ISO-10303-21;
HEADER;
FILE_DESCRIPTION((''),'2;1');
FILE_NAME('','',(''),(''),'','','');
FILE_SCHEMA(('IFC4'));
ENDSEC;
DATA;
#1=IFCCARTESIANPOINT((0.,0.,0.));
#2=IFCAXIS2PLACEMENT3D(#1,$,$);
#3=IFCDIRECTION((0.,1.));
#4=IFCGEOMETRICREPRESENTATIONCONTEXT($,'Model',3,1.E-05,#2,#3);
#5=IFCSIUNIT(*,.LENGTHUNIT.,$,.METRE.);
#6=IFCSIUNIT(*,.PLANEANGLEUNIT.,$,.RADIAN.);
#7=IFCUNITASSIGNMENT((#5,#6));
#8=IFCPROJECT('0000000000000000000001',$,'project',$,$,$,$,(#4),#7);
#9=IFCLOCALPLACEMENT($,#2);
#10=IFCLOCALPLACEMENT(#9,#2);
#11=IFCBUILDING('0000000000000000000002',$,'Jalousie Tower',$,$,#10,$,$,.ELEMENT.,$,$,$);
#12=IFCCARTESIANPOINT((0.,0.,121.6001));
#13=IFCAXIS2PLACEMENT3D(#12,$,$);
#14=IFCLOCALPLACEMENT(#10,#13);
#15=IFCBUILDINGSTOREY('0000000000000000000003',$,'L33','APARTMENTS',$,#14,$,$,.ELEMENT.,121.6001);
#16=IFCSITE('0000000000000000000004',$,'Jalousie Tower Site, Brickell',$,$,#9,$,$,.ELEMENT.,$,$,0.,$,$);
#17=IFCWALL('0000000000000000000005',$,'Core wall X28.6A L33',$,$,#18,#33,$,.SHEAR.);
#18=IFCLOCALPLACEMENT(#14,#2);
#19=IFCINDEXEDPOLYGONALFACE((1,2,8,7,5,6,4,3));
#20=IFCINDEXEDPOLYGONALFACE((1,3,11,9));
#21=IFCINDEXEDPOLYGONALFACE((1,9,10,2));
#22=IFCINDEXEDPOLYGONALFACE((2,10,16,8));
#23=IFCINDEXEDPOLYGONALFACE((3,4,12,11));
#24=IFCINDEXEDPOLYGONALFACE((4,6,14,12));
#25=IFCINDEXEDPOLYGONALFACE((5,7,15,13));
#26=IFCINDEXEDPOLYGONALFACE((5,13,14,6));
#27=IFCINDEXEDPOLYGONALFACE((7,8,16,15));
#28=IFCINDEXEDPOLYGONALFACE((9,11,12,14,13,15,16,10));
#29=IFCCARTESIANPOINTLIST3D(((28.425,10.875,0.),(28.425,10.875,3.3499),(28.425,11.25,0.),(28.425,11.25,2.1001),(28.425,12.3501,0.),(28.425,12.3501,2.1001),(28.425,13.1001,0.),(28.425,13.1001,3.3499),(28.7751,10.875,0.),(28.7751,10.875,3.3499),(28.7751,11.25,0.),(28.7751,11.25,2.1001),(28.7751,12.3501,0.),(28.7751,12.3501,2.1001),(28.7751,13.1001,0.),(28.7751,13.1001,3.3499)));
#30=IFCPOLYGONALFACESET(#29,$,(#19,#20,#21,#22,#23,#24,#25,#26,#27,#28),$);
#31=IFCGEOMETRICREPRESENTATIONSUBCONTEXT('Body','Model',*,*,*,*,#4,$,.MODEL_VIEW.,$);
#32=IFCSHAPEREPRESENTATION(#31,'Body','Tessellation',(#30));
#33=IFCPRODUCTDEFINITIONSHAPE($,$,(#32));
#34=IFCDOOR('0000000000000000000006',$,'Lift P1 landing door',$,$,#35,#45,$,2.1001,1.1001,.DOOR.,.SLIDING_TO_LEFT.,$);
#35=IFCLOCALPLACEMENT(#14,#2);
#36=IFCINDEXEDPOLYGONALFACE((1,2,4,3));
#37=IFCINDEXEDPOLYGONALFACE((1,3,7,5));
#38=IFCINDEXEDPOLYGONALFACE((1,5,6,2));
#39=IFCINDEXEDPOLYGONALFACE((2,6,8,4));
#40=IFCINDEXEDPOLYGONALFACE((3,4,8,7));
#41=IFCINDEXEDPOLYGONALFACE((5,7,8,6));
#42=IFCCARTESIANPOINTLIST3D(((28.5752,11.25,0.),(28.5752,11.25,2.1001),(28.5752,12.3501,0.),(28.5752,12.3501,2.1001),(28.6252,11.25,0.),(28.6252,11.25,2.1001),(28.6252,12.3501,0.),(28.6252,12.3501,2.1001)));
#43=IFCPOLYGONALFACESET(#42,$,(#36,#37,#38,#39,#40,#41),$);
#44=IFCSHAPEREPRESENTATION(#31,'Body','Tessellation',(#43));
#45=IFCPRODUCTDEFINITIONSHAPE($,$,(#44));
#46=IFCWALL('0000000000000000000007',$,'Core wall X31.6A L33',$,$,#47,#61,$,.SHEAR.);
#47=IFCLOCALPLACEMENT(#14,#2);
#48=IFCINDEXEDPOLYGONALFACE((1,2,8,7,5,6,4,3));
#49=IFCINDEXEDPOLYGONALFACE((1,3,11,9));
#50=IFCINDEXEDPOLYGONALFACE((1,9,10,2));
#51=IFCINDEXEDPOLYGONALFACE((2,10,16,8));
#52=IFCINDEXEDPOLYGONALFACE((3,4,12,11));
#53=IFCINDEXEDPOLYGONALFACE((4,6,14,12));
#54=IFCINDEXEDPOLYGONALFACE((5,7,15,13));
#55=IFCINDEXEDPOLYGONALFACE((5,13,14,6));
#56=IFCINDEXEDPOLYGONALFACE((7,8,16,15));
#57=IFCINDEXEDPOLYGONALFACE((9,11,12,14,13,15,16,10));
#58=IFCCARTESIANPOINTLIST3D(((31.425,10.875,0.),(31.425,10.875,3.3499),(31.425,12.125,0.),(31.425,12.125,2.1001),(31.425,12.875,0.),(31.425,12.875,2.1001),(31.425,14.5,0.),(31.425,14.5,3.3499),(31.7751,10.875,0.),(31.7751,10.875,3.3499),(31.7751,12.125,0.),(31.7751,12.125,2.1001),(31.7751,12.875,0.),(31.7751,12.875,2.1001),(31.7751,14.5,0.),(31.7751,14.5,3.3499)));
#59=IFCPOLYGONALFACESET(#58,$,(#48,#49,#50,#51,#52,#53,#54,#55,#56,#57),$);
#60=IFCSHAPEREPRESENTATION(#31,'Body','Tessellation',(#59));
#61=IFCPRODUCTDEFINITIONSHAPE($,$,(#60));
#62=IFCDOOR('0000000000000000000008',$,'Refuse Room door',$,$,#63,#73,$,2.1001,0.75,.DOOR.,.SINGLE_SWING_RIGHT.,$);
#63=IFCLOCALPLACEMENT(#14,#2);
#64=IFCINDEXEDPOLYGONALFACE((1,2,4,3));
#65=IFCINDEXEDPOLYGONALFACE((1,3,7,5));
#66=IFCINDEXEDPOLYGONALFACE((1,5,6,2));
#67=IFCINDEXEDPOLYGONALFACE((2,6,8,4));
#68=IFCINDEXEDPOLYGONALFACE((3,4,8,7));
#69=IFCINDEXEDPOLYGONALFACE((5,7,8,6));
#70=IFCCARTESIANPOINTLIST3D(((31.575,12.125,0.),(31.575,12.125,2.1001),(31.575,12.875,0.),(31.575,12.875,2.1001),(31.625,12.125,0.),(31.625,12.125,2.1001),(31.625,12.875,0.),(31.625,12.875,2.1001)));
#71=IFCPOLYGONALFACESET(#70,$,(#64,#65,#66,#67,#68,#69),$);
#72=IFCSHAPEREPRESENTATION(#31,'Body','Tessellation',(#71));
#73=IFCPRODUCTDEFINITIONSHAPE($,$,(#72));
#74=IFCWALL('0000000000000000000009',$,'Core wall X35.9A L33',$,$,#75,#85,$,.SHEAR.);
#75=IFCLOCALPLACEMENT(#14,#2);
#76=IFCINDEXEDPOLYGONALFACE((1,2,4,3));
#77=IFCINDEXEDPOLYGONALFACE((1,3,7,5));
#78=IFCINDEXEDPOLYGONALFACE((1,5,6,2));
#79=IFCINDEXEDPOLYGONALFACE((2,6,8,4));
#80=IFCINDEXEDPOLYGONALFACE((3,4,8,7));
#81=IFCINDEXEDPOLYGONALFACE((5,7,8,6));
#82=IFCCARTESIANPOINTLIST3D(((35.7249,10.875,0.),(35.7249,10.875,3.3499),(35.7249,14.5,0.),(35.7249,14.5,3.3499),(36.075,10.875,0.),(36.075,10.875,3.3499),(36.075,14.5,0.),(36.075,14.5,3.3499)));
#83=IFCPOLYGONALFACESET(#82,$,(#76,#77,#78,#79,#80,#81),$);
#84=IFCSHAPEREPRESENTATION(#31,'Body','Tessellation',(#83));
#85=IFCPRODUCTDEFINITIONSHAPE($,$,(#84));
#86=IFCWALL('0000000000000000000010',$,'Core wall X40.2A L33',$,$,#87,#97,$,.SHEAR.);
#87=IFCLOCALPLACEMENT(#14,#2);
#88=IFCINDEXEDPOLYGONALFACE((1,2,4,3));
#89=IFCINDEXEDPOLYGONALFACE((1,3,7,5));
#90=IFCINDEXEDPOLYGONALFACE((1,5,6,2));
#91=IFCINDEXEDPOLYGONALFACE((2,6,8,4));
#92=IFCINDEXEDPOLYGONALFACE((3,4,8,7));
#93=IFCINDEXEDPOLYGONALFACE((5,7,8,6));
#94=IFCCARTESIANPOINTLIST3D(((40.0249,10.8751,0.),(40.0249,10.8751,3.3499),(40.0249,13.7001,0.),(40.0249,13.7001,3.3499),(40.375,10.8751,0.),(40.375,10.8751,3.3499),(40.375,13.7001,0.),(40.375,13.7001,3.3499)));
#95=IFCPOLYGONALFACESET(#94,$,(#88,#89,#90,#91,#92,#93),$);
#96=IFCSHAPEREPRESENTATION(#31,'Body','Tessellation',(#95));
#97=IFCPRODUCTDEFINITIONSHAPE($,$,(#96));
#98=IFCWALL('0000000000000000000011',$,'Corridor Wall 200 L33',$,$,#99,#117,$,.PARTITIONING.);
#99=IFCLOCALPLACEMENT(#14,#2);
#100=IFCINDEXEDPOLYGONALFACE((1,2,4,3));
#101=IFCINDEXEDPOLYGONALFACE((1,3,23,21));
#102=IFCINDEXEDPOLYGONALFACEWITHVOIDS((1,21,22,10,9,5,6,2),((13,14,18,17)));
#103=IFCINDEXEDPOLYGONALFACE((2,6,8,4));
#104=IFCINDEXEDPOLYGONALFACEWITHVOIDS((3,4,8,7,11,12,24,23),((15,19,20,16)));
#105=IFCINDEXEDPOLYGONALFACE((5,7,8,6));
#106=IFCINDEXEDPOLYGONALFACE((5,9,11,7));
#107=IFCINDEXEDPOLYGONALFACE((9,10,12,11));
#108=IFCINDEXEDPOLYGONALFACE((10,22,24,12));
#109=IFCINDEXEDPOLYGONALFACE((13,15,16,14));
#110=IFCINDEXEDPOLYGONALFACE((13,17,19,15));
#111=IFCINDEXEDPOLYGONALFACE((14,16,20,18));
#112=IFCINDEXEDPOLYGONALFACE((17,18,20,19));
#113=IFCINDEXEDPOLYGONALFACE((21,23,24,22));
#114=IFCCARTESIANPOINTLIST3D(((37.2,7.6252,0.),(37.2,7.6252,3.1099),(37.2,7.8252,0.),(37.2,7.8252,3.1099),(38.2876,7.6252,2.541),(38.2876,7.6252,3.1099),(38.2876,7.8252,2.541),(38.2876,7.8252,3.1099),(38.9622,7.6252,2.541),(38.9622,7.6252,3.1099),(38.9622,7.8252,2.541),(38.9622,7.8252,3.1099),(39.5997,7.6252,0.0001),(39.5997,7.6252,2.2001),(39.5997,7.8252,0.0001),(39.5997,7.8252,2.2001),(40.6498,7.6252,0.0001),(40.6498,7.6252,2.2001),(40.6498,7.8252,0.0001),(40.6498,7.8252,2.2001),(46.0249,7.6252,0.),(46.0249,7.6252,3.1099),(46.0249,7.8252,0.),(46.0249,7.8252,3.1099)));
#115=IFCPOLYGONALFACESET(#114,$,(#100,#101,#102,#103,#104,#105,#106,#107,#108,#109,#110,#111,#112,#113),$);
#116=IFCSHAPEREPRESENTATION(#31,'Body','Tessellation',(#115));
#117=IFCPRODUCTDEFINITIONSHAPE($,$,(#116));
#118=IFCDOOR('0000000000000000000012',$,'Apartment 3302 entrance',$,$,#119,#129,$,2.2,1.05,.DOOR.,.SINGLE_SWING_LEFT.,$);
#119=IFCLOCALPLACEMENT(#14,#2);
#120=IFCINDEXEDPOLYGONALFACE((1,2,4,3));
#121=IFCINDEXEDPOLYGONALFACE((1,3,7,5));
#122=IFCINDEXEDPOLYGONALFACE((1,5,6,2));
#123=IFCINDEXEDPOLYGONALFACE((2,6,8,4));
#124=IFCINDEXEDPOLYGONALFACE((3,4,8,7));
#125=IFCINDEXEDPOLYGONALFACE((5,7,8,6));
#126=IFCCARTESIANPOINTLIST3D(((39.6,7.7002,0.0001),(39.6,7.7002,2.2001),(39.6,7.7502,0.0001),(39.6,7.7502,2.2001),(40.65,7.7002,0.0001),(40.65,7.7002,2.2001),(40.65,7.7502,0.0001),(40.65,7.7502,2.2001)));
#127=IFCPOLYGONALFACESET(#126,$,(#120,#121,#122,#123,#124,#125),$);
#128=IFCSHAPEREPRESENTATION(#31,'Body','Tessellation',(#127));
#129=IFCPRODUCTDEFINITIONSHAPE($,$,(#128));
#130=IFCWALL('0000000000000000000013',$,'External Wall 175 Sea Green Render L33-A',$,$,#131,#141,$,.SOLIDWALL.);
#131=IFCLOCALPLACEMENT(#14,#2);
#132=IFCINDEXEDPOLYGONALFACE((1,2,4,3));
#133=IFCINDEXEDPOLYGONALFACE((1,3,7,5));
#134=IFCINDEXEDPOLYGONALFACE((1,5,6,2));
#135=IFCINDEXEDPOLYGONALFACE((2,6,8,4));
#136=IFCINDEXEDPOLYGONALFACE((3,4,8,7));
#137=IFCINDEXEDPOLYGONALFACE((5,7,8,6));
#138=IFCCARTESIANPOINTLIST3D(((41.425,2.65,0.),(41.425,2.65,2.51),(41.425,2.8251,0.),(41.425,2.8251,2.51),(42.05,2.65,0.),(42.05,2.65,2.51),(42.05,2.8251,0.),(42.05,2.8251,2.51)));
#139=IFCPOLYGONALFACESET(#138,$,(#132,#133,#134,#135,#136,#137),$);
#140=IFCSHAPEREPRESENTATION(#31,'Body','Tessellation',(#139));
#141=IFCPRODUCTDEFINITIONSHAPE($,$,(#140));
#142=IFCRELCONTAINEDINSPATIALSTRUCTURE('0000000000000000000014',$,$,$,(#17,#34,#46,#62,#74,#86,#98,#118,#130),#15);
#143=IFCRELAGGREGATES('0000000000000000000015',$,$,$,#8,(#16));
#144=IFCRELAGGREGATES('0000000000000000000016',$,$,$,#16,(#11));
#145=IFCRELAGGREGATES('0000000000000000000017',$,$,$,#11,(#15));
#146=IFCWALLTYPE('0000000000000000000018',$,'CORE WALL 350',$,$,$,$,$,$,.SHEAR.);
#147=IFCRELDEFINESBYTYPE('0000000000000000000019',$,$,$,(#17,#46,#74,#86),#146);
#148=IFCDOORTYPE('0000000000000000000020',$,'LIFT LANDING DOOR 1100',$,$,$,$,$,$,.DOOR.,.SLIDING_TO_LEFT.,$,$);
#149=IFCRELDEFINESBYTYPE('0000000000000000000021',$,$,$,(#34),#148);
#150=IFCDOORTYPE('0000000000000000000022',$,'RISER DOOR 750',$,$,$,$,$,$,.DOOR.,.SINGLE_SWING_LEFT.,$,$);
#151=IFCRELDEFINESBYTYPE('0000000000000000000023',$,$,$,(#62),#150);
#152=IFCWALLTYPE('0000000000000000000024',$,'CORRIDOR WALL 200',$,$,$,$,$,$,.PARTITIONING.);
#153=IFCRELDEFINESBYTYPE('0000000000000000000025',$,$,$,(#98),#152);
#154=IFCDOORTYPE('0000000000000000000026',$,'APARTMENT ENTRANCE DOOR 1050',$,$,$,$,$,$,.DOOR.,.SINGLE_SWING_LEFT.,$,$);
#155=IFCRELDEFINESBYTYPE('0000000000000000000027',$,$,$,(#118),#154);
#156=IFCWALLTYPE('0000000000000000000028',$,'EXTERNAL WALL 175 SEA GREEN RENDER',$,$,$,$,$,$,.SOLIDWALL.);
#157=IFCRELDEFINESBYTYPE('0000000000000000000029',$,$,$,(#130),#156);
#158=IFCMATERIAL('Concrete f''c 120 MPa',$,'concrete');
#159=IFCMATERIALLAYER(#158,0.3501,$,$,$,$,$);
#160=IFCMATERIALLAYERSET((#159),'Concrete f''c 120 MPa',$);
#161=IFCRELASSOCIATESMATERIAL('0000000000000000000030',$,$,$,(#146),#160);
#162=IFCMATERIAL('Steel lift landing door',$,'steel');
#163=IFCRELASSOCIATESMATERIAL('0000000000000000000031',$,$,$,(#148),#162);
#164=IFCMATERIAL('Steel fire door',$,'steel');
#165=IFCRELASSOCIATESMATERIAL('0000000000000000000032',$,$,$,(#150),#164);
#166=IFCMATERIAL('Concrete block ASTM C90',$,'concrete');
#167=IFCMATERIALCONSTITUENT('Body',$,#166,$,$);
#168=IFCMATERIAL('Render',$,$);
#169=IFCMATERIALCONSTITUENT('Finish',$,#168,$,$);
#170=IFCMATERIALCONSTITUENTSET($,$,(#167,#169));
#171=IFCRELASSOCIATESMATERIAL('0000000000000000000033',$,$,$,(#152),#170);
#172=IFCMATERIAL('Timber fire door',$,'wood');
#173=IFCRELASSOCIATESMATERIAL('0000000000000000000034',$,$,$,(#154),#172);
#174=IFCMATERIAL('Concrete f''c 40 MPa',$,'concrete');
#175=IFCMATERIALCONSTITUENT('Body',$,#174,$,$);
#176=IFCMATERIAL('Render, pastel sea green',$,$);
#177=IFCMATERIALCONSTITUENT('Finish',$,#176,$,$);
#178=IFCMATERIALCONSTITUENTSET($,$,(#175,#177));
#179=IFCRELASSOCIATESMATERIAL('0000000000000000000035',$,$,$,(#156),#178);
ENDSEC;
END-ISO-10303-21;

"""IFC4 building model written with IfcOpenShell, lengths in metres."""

from ifc_helpers import new_model, si_unit, direction, frame, frame_2d, origin, place, context, subcontext, project, spatial, polyline, rectangle, outline, extrude, material, layer, layer_set, constituent, constituent_set, type_object, element, fill, save


model = new_model("IFC4")

# Units and contexts
model_context = context("Model", 3, precision=1e-05, world=origin(), true_north=direction((0.0, 1.0)))
body_context = subcontext(model_context, "Body", "Model", "MODEL_VIEW")
ifc_project = project(units=[si_unit("LENGTHUNIT", "METRE"), si_unit("PLANEANGLEUNIT", "RADIAN")], contexts=[model_context])

# Site, building, storey
site_placement = place(None, origin())
site = spatial("IfcSite", under=ifc_project, at=site_placement, Name="Jalousie Tower Site, Brickell", CompositionType="ELEMENT", RefElevation=0.0)
building_placement = place(site_placement, origin())
building = spatial("IfcBuilding", under=site, at=building_placement, Name="Jalousie Tower", CompositionType="ELEMENT")
storey_placement = place(building_placement, frame((0.0, 0.0, 121.6001)))
storey = spatial("IfcBuildingStorey", under=building, at=storey_placement, Name="L33", Description="APARTMENTS", CompositionType="ELEMENT", Elevation=121.6001)

# Walls, openings, doors
ifc_material_1 = material(Name="Concrete f'c 120 MPa", Category="concrete")
ifc_layer_1 = layer(ifc_material_1, 0.3501)
ifc_layer_set_1 = layer_set([ifc_layer_1], Name="Concrete f'c 120 MPa")
wall_type_1 = type_object("IfcWallType", Name="CORE WALL 350", PredefinedType="SHEAR", material=ifc_layer_set_1)
wall_1_placement = place(storey_placement, frame((28.6001, 10.875, 0.0), z_axis=(0.0, 0.0, 1.0), x_axis=(0.0, 1.0, 0.0)))
wall_1 = element("IfcWall", 1, at=wall_1_placement, inside=storey, type_object=wall_type_1, Name="Core wall X28.6A L33", PredefinedType="SHEAR", context=body_context, shape_type="SweptSolid", body=[
    extrude(rectangle(XDim=2.2251, YDim=0.3501, at=frame_2d((1.1125, 0.0))), origin(), (0.0, 0.0, 1.0), 3.3499),
])
opening_1_placement = place(wall_1_placement, frame((0.375, 0.0, 0.0)))
opening_1 = element("IfcOpeningElement", 2, at=opening_1_placement, cuts=wall_1, PredefinedType="OPENING", context=body_context, shape_type="SweptSolid", body=[
    extrude(rectangle(XDim=1.1001, YDim=2.1001, at=frame_2d((0.55, 1.05))), frame((0.0, 0.1851, 0.0), z_axis=(0.0, -1.0, 0.0), x_axis=(1.0, 0.0, 0.0)), (0.0, 0.0, 1.0), 0.3701),
])
ifc_material_2 = material(Name="Steel lift landing door", Category="steel")
door_type_1 = type_object("IfcDoorType", Name="LIFT LANDING DOOR 1100", OperationType="SLIDING_TO_LEFT", PredefinedType="DOOR", material=ifc_material_2)
door_1_placement = place(opening_1_placement, origin())
door_1 = element("IfcDoor", 3, at=door_1_placement, inside=storey, type_object=door_type_1, Name="Lift P1 landing door", OperationType="SLIDING_TO_LEFT", OverallHeight=2.1001, OverallWidth=1.1001, PredefinedType="DOOR", context=body_context, shape_type="SweptSolid", body=[
    extrude(rectangle(XDim=1.1001, YDim=2.1001, at=frame_2d((0.55, 1.05))), frame((0.0, 0.0249, 0.0), z_axis=(0.0, -1.0, 0.0), x_axis=(1.0, 0.0, 0.0)), (0.0, 0.0, 1.0), 0.05),
])
fill(opening_1, door_1)
wall_2_placement = place(storey_placement, frame((31.6001, 10.875, 0.0), z_axis=(0.0, 0.0, 1.0), x_axis=(0.0, 1.0, 0.0)))
wall_2 = element("IfcWall", 4, at=wall_2_placement, inside=storey, type_object=wall_type_1, Name="Core wall X31.6A L33", PredefinedType="SHEAR", context=body_context, shape_type="SweptSolid", body=[
    extrude(rectangle(XDim=3.625, YDim=0.3501, at=frame_2d((1.8125, 0.0))), origin(), (0.0, 0.0, 1.0), 3.3499),
])
opening_2_placement = place(wall_2_placement, frame((1.25, 0.0, 0.0)))
opening_2 = element("IfcOpeningElement", 5, at=opening_2_placement, cuts=wall_2, PredefinedType="OPENING", context=body_context, shape_type="SweptSolid", body=[
    extrude(rectangle(XDim=0.75, YDim=2.1001, at=frame_2d((0.375, 1.05))), frame((0.0, 0.1851, 0.0), z_axis=(0.0, -1.0, 0.0), x_axis=(1.0, 0.0, 0.0)), (0.0, 0.0, 1.0), 0.3701),
])
ifc_material_3 = material(Name="Steel fire door", Category="steel")
door_type_2 = type_object("IfcDoorType", Name="RISER DOOR 750", OperationType="SINGLE_SWING_LEFT", PredefinedType="DOOR", material=ifc_material_3)
door_2_placement = place(opening_2_placement, frame((0.75, 0.0, 0.0), z_axis=(0.0, 0.0, 1.0), x_axis=(-1.0, 0.0, 0.0)))
door_2 = element("IfcDoor", 6, at=door_2_placement, inside=storey, type_object=door_type_2, Name="Refuse Room door", OperationType="SINGLE_SWING_RIGHT", OverallHeight=2.1001, OverallWidth=0.75, PredefinedType="DOOR", context=body_context, shape_type="SweptSolid", body=[
    extrude(rectangle(XDim=0.75, YDim=2.1001, at=frame_2d((0.375, 1.05))), frame((0.0, 0.0249, 0.0), z_axis=(0.0, -1.0, 0.0), x_axis=(1.0, 0.0, 0.0)), (0.0, 0.0, 1.0), 0.05),
])
fill(opening_2, door_2)

# Walls
wall_3_placement = place(storey_placement, frame((35.8999, 10.875, 0.0), z_axis=(0.0, 0.0, 1.0), x_axis=(0.0, 1.0, 0.0)))
element("IfcWall", 7, at=wall_3_placement, inside=storey, type_object=wall_type_1, Name="Core wall X35.9A L33", PredefinedType="SHEAR", context=body_context, shape_type="SweptSolid", body=[
    extrude(rectangle(XDim=3.625, YDim=0.3501, at=frame_2d((1.8125, 0.0))), origin(), (0.0, 0.0, 1.0), 3.3499),
])
wall_4_placement = place(storey_placement, frame((40.2, 10.875, 0.0), z_axis=(0.0, 0.0, 1.0), x_axis=(0.0, 1.0, 0.0)))
element("IfcWall", 8, at=wall_4_placement, inside=storey, type_object=wall_type_1, Name="Core wall X40.2A L33", PredefinedType="SHEAR", context=body_context, shape_type="SweptSolid", body=[
    extrude(rectangle(XDim=2.825, YDim=0.3501, at=frame_2d((1.4126, 0.0))), origin(), (0.0, 0.0, 1.0), 3.3499),
])

# Wall, opening, door
ifc_material_4 = material(Name="Concrete block ASTM C90", Category="concrete")
ifc_constituent_1 = constituent(ifc_material_4, Name="Body")
ifc_material_5 = material(Name="Render")
ifc_constituent_2 = constituent(ifc_material_5, Name="Finish")
ifc_constituent_set_1 = constituent_set(constituents=[ifc_constituent_1, ifc_constituent_2])
wall_type_2 = type_object("IfcWallType", Name="CORRIDOR WALL 200", PredefinedType="PARTITIONING", material=ifc_constituent_set_1)
wall_5_placement = place(storey_placement, frame((37.2, 7.7251, 0.0), z_axis=(0.0, 0.0, 1.0), x_axis=(1.0, 0.0, 0.0)))
wall_5 = element("IfcWall", 9, at=wall_5_placement, inside=storey, type_object=wall_type_2, Name="Corridor Wall 200 L33", PredefinedType="PARTITIONING", context=body_context, shape_type="SweptSolid", body=[
    extrude(outline(polyline([(0.0, 0.0), (8.825, 0.0), (8.825, 3.1099), (1.7622, 3.1099), (1.7622, 2.541), (1.0876, 2.541), (1.0876, 3.1099), (0.0, 3.1099), (0.0, 0.0)])), frame((0.0, 0.1001, 0.0), z_axis=(0.0, -1.0, 0.0), x_axis=(1.0, 0.0, 0.0)), (0.0, 0.0, 1.0), 0.2),
])
opening_3_placement = place(wall_5_placement, frame((2.3999, 0.0, 0.0)))
opening_3 = element("IfcOpeningElement", 10, at=opening_3_placement, cuts=wall_5, PredefinedType="OPENING", context=body_context, shape_type="SweptSolid", body=[
    extrude(rectangle(XDim=1.05, YDim=2.2, at=frame_2d((0.5249, 1.1001))), frame((0.0, 0.1099, 0.0), z_axis=(0.0, -1.0, 0.0), x_axis=(1.0, 0.0, 0.0)), (0.0, 0.0, 1.0), 0.22),
])
ifc_material_6 = material(Name="Timber fire door", Category="wood")
door_type_3 = type_object("IfcDoorType", Name="APARTMENT ENTRANCE DOOR 1050", OperationType="SINGLE_SWING_LEFT", PredefinedType="DOOR", material=ifc_material_6)
door_3_placement = place(opening_3_placement, frame((1.05, 0.0, 0.0), z_axis=(0.0, 0.0, 1.0), x_axis=(-1.0, 0.0, 0.0)))
door_3 = element("IfcDoor", 11, at=door_3_placement, inside=storey, type_object=door_type_3, Name="Apartment 3302 entrance", OperationType="SINGLE_SWING_LEFT", OverallHeight=2.2, OverallWidth=1.05, PredefinedType="DOOR", context=body_context, shape_type="SweptSolid", body=[
    extrude(rectangle(XDim=1.05, YDim=2.2, at=frame_2d((0.5249, 1.1001))), frame((0.0, 0.0249, 0.0), z_axis=(0.0, -1.0, 0.0), x_axis=(1.0, 0.0, 0.0)), (0.0, 0.0, 1.0), 0.05),
])
fill(opening_3, door_3)

# Wall
ifc_material_7 = material(Name="Concrete f'c 40 MPa", Category="concrete")
ifc_constituent_3 = constituent(ifc_material_7, Name="Body")
ifc_material_8 = material(Name="Render, pastel sea green")
ifc_constituent_4 = constituent(ifc_material_8, Name="Finish")
ifc_constituent_set_2 = constituent_set(constituents=[ifc_constituent_3, ifc_constituent_4])
wall_type_3 = type_object("IfcWallType", Name="EXTERNAL WALL 175 SEA GREEN RENDER", PredefinedType="SOLIDWALL", material=ifc_constituent_set_2)
wall_6_placement = place(storey_placement, frame((41.425, 2.7375, 0.0), z_axis=(0.0, 0.0, 1.0), x_axis=(1.0, 0.0, 0.0)))
element("IfcWall", 12, at=wall_6_placement, inside=storey, type_object=wall_type_3, Name="External Wall 175 Sea Green Render L33-A", PredefinedType="SOLIDWALL", context=body_context, shape_type="SweptSolid", body=[
    extrude(rectangle(XDim=0.625, YDim=0.175, at=frame_2d((0.3125, 0.0))), origin(), (0.0, 0.0, 1.0), 2.51),
])

save(model, "model.ifc")
